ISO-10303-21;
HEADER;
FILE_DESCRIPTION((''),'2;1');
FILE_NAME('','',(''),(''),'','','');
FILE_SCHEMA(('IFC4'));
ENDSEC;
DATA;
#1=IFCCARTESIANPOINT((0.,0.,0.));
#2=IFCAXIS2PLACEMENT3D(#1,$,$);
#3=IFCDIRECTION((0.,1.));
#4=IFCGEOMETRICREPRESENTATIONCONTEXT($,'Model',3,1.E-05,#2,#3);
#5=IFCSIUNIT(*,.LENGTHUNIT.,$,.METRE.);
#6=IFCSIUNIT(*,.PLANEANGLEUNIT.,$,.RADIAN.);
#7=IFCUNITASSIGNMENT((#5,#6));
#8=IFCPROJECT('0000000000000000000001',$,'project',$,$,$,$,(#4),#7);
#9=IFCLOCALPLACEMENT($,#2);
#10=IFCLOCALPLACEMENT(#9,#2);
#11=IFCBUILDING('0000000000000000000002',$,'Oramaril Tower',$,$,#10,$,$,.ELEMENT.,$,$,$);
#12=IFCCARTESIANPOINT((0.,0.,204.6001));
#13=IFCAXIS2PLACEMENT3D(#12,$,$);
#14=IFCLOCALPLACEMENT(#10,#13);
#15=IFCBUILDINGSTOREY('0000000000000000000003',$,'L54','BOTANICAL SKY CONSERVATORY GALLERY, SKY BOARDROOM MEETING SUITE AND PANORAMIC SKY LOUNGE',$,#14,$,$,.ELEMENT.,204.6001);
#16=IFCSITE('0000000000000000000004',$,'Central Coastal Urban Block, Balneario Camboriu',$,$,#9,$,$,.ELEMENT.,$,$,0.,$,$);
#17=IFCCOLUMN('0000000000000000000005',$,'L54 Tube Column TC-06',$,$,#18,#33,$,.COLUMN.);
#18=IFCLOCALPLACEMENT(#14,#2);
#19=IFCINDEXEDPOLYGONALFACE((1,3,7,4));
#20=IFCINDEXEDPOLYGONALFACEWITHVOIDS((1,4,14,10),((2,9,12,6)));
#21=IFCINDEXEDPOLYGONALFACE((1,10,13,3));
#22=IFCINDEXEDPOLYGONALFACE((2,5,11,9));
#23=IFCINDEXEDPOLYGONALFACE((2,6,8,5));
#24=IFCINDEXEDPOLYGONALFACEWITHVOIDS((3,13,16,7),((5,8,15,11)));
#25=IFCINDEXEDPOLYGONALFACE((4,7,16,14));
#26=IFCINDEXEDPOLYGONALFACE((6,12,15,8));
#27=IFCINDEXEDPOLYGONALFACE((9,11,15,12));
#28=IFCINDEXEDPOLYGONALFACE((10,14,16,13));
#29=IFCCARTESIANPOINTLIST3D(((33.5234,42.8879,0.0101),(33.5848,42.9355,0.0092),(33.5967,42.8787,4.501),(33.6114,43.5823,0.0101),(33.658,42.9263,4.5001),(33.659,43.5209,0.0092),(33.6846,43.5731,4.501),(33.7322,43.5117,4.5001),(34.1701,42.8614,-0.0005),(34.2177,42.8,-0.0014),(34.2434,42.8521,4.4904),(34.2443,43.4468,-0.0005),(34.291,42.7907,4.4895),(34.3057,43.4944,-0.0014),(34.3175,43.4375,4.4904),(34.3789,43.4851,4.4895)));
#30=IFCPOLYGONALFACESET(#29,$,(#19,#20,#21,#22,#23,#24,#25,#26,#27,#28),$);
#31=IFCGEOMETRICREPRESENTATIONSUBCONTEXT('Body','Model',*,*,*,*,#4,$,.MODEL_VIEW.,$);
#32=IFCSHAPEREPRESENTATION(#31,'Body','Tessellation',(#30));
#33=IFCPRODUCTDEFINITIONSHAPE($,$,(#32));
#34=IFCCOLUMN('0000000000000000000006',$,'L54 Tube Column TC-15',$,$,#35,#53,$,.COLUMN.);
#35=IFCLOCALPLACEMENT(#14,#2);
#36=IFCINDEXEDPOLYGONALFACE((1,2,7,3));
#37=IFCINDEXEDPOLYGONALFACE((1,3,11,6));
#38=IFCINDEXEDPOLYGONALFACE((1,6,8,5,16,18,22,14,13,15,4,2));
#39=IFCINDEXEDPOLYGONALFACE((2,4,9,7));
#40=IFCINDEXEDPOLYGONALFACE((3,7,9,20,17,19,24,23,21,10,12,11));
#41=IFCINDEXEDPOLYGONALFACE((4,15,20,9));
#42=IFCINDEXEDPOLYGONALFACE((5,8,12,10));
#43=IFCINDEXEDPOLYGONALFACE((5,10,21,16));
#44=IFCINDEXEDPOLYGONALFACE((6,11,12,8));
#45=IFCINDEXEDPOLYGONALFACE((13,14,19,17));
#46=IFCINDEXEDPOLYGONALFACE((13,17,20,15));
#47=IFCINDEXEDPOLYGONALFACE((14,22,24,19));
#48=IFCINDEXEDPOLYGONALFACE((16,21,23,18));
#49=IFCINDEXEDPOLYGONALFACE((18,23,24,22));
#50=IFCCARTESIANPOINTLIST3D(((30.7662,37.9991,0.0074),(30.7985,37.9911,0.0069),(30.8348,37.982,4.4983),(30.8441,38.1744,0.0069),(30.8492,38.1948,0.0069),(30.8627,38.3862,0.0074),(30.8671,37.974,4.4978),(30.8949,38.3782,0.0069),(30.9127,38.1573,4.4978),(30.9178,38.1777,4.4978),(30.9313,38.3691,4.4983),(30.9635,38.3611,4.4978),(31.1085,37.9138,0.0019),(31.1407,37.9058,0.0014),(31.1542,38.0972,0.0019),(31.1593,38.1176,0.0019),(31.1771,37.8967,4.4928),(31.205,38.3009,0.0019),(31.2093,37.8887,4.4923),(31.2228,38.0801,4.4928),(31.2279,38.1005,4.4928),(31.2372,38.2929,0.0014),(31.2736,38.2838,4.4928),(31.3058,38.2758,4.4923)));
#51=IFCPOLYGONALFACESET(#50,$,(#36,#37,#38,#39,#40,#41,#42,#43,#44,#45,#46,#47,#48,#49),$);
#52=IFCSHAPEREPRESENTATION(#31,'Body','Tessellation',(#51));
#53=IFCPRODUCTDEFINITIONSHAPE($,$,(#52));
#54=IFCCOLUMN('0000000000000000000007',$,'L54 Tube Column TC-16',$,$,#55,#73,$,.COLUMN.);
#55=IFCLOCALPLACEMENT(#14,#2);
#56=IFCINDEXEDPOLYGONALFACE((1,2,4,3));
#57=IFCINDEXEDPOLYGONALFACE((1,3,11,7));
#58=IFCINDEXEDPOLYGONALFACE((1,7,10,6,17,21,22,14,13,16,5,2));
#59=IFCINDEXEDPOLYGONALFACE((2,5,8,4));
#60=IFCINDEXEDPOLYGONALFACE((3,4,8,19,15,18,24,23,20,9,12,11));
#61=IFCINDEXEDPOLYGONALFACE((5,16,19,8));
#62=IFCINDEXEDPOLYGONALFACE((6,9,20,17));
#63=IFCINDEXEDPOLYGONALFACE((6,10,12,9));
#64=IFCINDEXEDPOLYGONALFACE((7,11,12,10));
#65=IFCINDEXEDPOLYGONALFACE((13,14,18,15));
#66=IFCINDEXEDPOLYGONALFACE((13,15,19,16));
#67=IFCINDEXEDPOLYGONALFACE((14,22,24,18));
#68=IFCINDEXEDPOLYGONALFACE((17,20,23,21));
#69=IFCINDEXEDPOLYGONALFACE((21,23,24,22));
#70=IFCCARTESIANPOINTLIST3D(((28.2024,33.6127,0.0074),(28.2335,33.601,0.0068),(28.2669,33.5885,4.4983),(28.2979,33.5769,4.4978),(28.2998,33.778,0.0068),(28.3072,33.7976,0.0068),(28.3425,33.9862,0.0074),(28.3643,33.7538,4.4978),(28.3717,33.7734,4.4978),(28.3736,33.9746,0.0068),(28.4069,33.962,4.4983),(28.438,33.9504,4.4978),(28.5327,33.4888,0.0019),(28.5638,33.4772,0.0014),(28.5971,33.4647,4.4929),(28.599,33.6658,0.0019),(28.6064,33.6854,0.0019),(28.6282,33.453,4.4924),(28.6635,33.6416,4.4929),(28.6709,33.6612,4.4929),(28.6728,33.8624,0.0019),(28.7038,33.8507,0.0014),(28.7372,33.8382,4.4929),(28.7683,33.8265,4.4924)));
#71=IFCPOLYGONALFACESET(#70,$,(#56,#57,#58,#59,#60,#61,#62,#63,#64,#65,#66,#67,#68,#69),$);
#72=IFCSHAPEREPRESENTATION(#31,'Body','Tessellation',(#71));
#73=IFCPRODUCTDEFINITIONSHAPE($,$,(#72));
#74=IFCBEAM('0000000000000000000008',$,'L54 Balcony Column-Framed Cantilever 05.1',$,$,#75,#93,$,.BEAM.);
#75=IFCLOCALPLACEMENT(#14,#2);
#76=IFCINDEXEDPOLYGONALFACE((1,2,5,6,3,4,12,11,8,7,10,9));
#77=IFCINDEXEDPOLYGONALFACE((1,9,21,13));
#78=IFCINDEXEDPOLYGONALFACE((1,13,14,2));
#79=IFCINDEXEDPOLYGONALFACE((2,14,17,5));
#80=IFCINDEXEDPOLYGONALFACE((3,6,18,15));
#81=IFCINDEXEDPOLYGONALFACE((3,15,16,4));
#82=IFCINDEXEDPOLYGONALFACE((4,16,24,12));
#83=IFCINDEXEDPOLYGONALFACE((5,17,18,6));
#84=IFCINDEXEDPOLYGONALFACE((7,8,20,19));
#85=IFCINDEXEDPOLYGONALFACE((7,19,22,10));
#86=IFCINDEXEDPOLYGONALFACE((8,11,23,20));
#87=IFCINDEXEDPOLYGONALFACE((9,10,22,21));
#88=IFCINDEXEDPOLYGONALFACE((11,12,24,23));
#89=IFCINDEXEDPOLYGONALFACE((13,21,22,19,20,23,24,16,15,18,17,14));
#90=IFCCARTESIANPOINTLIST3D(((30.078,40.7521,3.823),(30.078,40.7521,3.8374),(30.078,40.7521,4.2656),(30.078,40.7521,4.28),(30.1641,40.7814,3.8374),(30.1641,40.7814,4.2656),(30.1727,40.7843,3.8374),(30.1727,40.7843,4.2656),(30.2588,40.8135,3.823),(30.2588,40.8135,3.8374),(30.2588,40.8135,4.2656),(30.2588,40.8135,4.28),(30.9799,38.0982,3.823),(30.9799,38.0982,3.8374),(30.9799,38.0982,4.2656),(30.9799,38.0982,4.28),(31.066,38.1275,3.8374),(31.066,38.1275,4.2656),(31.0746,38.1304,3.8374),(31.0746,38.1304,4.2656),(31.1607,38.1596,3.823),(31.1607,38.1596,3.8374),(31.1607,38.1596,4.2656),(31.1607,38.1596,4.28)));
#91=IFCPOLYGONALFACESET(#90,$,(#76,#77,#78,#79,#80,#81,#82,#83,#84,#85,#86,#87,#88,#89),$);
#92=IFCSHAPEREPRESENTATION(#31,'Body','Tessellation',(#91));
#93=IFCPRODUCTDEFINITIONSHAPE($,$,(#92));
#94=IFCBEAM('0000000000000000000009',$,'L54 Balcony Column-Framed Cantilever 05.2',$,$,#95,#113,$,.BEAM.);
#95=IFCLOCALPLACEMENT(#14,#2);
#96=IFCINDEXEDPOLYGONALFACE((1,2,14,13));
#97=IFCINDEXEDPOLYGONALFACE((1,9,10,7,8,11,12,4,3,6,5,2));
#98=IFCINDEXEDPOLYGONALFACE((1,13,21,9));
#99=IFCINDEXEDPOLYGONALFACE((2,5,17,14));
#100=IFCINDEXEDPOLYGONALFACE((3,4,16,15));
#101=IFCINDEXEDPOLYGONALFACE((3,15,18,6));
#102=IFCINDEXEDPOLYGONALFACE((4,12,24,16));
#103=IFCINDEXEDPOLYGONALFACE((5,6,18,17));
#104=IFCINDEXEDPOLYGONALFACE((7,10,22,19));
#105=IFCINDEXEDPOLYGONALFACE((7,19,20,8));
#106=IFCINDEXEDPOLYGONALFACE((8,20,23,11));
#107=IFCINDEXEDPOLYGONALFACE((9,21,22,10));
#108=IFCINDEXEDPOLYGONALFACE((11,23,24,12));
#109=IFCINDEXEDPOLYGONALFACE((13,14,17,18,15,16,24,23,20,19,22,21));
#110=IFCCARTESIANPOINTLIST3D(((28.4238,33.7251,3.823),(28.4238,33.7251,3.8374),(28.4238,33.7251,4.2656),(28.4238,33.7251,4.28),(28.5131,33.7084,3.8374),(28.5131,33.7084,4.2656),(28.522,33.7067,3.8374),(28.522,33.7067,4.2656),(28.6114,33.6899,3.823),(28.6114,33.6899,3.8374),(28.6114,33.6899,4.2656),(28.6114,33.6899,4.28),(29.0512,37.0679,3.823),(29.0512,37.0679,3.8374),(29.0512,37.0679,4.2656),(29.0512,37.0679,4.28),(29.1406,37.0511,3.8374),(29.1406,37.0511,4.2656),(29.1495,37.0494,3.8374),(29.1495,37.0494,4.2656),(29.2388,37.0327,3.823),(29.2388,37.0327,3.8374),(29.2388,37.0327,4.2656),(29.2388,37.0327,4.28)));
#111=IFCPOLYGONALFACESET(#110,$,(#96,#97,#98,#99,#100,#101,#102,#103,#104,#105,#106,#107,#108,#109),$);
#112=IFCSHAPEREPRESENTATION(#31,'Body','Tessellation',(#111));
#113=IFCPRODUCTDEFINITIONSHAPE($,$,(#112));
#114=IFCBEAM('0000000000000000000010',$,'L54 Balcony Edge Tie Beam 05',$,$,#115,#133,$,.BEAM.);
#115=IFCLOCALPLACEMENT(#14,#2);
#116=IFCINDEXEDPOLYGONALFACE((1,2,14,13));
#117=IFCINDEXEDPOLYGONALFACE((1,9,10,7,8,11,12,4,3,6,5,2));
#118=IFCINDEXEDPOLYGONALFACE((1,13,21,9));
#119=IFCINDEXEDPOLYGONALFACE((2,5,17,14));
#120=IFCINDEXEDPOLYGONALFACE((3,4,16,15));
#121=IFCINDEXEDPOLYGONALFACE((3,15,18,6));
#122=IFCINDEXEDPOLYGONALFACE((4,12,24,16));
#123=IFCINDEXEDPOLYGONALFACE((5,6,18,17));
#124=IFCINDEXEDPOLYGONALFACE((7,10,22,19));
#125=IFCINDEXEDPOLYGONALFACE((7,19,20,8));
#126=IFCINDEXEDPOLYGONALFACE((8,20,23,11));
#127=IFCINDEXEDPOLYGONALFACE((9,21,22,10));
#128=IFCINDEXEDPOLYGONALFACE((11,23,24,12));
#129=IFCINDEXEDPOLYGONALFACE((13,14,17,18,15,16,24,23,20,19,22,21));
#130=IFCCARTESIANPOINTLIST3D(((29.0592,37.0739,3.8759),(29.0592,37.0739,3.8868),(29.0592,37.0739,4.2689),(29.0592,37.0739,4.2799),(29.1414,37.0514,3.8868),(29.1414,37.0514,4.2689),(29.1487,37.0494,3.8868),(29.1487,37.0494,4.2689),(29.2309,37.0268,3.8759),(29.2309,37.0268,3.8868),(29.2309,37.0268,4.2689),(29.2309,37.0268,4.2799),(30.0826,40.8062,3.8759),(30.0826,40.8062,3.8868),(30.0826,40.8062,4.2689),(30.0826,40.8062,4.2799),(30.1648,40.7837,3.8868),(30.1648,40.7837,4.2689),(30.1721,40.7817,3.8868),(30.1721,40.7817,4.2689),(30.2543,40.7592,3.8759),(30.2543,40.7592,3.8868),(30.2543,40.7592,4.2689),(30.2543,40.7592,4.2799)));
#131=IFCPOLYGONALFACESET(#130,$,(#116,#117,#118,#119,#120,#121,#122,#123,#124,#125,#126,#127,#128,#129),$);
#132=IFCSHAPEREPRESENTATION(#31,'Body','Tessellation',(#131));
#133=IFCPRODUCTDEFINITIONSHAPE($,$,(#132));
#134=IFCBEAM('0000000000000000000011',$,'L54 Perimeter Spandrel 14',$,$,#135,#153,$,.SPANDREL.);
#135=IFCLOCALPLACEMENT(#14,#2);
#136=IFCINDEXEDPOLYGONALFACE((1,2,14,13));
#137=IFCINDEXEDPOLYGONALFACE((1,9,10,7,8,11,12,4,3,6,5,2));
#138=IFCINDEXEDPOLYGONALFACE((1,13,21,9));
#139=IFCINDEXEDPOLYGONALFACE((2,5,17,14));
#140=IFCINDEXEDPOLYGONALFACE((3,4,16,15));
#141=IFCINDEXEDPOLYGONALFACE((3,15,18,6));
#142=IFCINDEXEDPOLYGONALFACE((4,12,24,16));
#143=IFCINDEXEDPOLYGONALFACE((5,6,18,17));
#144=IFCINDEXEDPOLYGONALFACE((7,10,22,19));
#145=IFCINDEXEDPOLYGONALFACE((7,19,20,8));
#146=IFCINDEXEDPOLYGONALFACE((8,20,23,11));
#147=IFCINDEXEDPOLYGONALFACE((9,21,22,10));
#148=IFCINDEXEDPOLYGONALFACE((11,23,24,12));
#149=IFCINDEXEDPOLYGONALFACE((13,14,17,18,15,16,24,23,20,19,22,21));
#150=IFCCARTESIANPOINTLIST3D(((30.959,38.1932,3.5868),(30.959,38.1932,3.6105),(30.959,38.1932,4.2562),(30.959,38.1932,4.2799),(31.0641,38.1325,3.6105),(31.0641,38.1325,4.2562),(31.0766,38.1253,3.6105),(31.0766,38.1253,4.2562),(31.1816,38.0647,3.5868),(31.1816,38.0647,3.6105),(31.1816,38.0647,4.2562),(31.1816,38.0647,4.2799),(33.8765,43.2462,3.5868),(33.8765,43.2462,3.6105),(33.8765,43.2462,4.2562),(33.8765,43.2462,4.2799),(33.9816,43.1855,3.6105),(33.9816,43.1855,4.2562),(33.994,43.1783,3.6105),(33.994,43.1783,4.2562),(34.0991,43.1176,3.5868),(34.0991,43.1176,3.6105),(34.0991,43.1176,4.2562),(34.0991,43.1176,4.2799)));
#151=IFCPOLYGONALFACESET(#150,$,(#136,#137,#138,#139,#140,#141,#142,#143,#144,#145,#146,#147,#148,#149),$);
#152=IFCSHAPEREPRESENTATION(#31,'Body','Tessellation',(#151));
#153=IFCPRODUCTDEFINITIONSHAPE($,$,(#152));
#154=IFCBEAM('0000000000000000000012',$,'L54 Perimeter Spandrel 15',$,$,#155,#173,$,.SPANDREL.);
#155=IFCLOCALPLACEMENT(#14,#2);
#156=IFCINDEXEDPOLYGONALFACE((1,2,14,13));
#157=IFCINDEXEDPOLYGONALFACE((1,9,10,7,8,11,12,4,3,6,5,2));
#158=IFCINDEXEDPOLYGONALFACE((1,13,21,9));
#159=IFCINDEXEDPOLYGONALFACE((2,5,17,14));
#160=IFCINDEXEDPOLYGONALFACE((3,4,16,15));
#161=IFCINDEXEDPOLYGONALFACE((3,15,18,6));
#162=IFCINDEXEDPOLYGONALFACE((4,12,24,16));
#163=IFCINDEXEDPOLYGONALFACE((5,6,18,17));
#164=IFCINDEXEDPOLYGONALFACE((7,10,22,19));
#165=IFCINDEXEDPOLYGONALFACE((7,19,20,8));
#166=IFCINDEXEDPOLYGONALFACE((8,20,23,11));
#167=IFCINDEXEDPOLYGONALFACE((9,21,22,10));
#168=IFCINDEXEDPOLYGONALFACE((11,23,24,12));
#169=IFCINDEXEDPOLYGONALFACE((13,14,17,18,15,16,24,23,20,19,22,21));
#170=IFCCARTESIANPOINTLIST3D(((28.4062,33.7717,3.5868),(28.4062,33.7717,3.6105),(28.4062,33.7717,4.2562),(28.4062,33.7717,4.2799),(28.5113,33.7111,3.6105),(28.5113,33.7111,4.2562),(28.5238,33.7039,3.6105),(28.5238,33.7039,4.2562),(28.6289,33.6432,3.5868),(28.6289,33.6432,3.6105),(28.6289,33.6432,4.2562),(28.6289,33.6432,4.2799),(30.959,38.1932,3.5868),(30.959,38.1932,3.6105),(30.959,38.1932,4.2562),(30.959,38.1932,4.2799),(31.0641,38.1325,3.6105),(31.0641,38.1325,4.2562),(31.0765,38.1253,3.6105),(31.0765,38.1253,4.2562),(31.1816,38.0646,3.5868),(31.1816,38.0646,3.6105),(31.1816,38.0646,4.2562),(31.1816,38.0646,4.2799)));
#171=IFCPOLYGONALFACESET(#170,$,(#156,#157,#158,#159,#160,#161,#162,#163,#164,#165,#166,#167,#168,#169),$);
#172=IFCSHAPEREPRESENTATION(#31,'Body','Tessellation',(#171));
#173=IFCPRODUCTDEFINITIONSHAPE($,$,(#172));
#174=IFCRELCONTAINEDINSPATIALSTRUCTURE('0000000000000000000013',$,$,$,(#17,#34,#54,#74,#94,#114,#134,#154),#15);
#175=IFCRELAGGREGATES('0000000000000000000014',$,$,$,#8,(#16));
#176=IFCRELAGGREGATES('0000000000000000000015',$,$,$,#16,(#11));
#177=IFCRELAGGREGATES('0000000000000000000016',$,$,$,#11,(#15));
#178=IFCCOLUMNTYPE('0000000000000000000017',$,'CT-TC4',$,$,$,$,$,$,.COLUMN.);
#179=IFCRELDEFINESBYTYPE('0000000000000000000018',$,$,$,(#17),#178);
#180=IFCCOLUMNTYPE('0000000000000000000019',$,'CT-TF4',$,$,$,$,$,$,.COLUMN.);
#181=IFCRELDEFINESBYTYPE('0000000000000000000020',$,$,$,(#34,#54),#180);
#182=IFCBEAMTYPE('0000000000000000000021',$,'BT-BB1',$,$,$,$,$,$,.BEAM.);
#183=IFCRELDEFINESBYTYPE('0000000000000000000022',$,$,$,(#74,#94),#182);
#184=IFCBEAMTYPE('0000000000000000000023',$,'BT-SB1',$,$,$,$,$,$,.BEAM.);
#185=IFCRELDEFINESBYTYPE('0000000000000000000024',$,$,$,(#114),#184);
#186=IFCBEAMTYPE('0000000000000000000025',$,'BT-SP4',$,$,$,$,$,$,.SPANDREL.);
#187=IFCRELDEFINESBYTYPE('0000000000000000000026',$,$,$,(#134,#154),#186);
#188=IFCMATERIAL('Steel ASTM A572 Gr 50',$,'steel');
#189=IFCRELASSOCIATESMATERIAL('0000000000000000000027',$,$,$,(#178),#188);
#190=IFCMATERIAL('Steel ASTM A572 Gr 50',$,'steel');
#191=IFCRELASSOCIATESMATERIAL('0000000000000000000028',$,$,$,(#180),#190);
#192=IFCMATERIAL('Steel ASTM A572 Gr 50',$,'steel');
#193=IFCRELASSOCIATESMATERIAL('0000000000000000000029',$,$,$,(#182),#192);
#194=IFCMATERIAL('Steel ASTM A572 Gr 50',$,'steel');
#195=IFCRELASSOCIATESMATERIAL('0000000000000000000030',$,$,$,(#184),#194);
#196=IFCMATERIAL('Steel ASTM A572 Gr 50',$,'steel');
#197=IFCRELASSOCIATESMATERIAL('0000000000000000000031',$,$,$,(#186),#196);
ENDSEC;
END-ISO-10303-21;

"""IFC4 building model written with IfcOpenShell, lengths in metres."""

from ifc_helpers import new_model, si_unit, direction, frame, origin, origin_2d, place, context, subcontext, project, spatial, hollow_rectangle, i_section, extrude, material, material_profile, profile_set, type_object, element, save


model = new_model("IFC4")

# Units and contexts
model_context = context("Model", 3, precision=1e-05, world=origin(), true_north=direction((0.0, 1.0)))
body_context = subcontext(model_context, "Body", "Model", "MODEL_VIEW")
ifc_project = project(units=[si_unit("LENGTHUNIT", "METRE"), si_unit("PLANEANGLEUNIT", "RADIAN")], contexts=[model_context])

# Site, building, storey
site_placement = place(None, origin())
site = spatial("IfcSite", under=ifc_project, at=site_placement, Name="Central Coastal Urban Block, Balneario Camboriu", CompositionType="ELEMENT", RefElevation=0.0)
building_placement = place(site_placement, origin())
building = spatial("IfcBuilding", under=site, at=building_placement, Name="Oramaril Tower", CompositionType="ELEMENT")
storey_placement = place(building_placement, frame((0.0, 0.0, 204.6001)))
storey = spatial("IfcBuildingStorey", under=building, at=storey_placement, Name="L54", Description="BOTANICAL SKY CONSERVATORY GALLERY, SKY BOARDROOM MEETING SUITE AND PANORAMIC SKY LOUNGE", CompositionType="ELEMENT", Elevation=204.6001)

# Columns
ifc_material_1 = material(Name="Steel ASTM A572 Gr 50", Category="steel")
ifc_material_profile_1 = material_profile(ifc_material_1, hollow_rectangle(XDim=0.7, YDim=0.7, WallThickness=0.0549, at=origin_2d()), Name="BOX700X700X55")
ifc_profile_set_1 = profile_set([ifc_material_profile_1], Name="Steel ASTM A572 Gr 50")
column_type_1 = type_object("IfcColumnType", Name="CT-TC4", PredefinedType="COLUMN", material=ifc_profile_set_1)
column_placement = place(storey_placement, frame((33.9146, 43.1912, 0.0044), z_axis=(0.016307, -0.002065, 0.999865), x_axis=(0.125663, 0.992073, 0.0)))
element("IfcColumn", 1, at=column_placement, inside=storey, type_object=column_type_1, Name="L54 Tube Column TC-06", PredefinedType="COLUMN", context=body_context, shape_type="SweptSolid", body=[
    extrude(hollow_rectangle(XDim=0.7, YDim=0.7, WallThickness=0.0549, at=origin_2d()), origin(), (0.0, 0.0, 1.0), 4.4915),
])
ifc_material_2 = material(Name="Steel ASTM A572 Gr 50", Category="steel")
ifc_material_profile_2 = material_profile(ifc_material_2, i_section(OverallWidth=0.3989, OverallDepth=0.386, WebThickness=0.021, FlangeThickness=0.0332, at=origin_2d()), Name="W14X176")
ifc_profile_set_2 = profile_set([ifc_material_profile_2], Name="Steel ASTM A572 Gr 50")
column_type_2 = type_object("IfcColumnType", Name="CT-TF4", PredefinedType="COLUMN", material=ifc_profile_set_2)
for number, where, z_axis, x_axis, name in (
    (2, (31.0017, 38.146, 0.0044), (0.015274, -0.003805, 0.999876), (0.241723, 0.970345, 0.0), "L54 Tube Column TC-15"),
    (3, (28.4531, 33.7317, 0.0044), (0.01435, -0.005381, 0.999883), (0.351123, 0.936329, 0.0), "L54 Tube Column TC-16"),
):
    element("IfcColumn", number, at=place(storey_placement, frame(where, z_axis=z_axis, x_axis=x_axis)), inside=storey, type_object=column_type_2, Name=name, PredefinedType="COLUMN", context=body_context, shape_type="SweptSolid", body=[
        extrude(i_section(OverallWidth=0.3989, OverallDepth=0.386, WebThickness=0.021, FlangeThickness=0.0332, at=origin_2d()), origin(), (0.0, 0.0, 1.0), 4.4915),
    ])

# Beams
ifc_material_3 = material(Name="Steel ASTM A572 Gr 50", Category="steel")
ifc_material_profile_3 = material_profile(ifc_material_3, i_section(OverallWidth=0.1909, OverallDepth=0.457, WebThickness=0.009, FlangeThickness=0.0144, at=origin_2d()), Name="W18X50")
ifc_profile_set_3 = profile_set([ifc_material_profile_3], Name="Steel ASTM A572 Gr 50")
beam_type_1 = type_object("IfcBeamType", Name="BT-BB1", PredefinedType="BEAM", material=ifc_profile_set_3)
beam_1_placement = place(storey_placement, frame((31.0703, 38.1289, 4.0515), z_axis=(-0.321762, 0.946821, 0.0), x_axis=(-0.946821, -0.321762, 0.0)))
element("IfcBeam", 4, at=beam_1_placement, inside=storey, type_object=beam_type_1, Name="L54 Balcony Column-Framed Cantilever 05.1", PredefinedType="BEAM", context=body_context, shape_type="SweptSolid", body=[
    extrude(i_section(OverallWidth=0.1909, OverallDepth=0.457, WebThickness=0.009, FlangeThickness=0.0144, at=origin_2d()), origin(), (0.0, 0.0, 1.0), 2.803),
])
beam_2_placement = place(storey_placement, frame((28.5176, 33.7075, 4.0515), z_axis=(0.184479, 0.982836, 0.0), x_axis=(-0.982836, 0.184479, 0.0)))
element("IfcBeam", 5, at=beam_2_placement, inside=storey, type_object=beam_type_1, Name="L54 Balcony Column-Framed Cantilever 05.2", PredefinedType="BEAM", context=body_context, shape_type="SweptSolid", body=[
    extrude(i_section(OverallWidth=0.1909, OverallDepth=0.457, WebThickness=0.009, FlangeThickness=0.0144, at=origin_2d()), origin(), (0.0, 0.0, 1.0), 3.4011),
])
ifc_material_4 = material(Name="Steel ASTM A572 Gr 50", Category="steel")
ifc_material_profile_4 = material_profile(ifc_material_4, i_section(OverallWidth=0.178, OverallDepth=0.4041, WebThickness=0.0076, FlangeThickness=0.011, at=origin_2d()), Name="W16X36")
ifc_profile_set_4 = profile_set([ifc_material_profile_4], Name="Steel ASTM A572 Gr 50")
beam_type_2 = type_object("IfcBeamType", Name="BT-SB1", PredefinedType="BEAM", material=ifc_profile_set_4)
beam_3_placement = place(storey_placement, frame((30.1685, 40.7827, 4.0779), z_axis=(-0.264441, -0.964402, 0.0), x_axis=(0.964402, -0.264441, 0.0)))
element("IfcBeam", 6, at=beam_3_placement, inside=storey, type_object=beam_type_2, Name="L54 Balcony Edge Tie Beam 05", PredefinedType="BEAM", context=body_context, shape_type="SweptSolid", body=[
    extrude(i_section(OverallWidth=0.178, OverallDepth=0.4041, WebThickness=0.0076, FlangeThickness=0.011, at=origin_2d()), origin(), (0.0, 0.0, 1.0), 3.8701),
])
ifc_material_5 = material(Name="Steel ASTM A572 Gr 50", Category="steel")
ifc_material_profile_5 = material_profile(ifc_material_5, i_section(OverallWidth=0.2571, OverallDepth=0.6931, WebThickness=0.0144, FlangeThickness=0.0237, at=origin_2d()), Name="W27X114")
ifc_profile_set_5 = profile_set([ifc_material_profile_5], Name="Steel ASTM A572 Gr 50")
beam_type_3 = type_object("IfcBeamType", Name="BT-SP4", PredefinedType="SPANDREL", material=ifc_profile_set_5)
beam_4_placement = place(storey_placement, frame((33.9878, 43.1819, 3.9333), z_axis=(-0.500018, -0.866015, 0.0), x_axis=(0.866015, -0.500018, 0.0)))
element("IfcBeam", 7, at=beam_4_placement, inside=storey, type_object=beam_type_3, Name="L54 Perimeter Spandrel 14", PredefinedType="SPANDREL", context=body_context, shape_type="SweptSolid", body=[
    extrude(i_section(OverallWidth=0.2571, OverallDepth=0.6931, WebThickness=0.0144, FlangeThickness=0.0237, at=origin_2d()), origin(), (0.0, 0.0, 1.0), 5.8347),
])
beam_5_placement = place(storey_placement, frame((31.0703, 38.1289, 3.9333), z_axis=(-0.500007, -0.866022, 0.0), x_axis=(0.866022, -0.500007, 0.0)))
element("IfcBeam", 8, at=beam_5_placement, inside=storey, type_object=beam_type_3, Name="L54 Perimeter Spandrel 15", PredefinedType="SPANDREL", context=body_context, shape_type="SweptSolid", body=[
    extrude(i_section(OverallWidth=0.2571, OverallDepth=0.6931, WebThickness=0.0144, FlangeThickness=0.0237, at=origin_2d()), origin(), (0.0, 0.0, 1.0), 5.1055),
])

save(model, "model.ifc")
